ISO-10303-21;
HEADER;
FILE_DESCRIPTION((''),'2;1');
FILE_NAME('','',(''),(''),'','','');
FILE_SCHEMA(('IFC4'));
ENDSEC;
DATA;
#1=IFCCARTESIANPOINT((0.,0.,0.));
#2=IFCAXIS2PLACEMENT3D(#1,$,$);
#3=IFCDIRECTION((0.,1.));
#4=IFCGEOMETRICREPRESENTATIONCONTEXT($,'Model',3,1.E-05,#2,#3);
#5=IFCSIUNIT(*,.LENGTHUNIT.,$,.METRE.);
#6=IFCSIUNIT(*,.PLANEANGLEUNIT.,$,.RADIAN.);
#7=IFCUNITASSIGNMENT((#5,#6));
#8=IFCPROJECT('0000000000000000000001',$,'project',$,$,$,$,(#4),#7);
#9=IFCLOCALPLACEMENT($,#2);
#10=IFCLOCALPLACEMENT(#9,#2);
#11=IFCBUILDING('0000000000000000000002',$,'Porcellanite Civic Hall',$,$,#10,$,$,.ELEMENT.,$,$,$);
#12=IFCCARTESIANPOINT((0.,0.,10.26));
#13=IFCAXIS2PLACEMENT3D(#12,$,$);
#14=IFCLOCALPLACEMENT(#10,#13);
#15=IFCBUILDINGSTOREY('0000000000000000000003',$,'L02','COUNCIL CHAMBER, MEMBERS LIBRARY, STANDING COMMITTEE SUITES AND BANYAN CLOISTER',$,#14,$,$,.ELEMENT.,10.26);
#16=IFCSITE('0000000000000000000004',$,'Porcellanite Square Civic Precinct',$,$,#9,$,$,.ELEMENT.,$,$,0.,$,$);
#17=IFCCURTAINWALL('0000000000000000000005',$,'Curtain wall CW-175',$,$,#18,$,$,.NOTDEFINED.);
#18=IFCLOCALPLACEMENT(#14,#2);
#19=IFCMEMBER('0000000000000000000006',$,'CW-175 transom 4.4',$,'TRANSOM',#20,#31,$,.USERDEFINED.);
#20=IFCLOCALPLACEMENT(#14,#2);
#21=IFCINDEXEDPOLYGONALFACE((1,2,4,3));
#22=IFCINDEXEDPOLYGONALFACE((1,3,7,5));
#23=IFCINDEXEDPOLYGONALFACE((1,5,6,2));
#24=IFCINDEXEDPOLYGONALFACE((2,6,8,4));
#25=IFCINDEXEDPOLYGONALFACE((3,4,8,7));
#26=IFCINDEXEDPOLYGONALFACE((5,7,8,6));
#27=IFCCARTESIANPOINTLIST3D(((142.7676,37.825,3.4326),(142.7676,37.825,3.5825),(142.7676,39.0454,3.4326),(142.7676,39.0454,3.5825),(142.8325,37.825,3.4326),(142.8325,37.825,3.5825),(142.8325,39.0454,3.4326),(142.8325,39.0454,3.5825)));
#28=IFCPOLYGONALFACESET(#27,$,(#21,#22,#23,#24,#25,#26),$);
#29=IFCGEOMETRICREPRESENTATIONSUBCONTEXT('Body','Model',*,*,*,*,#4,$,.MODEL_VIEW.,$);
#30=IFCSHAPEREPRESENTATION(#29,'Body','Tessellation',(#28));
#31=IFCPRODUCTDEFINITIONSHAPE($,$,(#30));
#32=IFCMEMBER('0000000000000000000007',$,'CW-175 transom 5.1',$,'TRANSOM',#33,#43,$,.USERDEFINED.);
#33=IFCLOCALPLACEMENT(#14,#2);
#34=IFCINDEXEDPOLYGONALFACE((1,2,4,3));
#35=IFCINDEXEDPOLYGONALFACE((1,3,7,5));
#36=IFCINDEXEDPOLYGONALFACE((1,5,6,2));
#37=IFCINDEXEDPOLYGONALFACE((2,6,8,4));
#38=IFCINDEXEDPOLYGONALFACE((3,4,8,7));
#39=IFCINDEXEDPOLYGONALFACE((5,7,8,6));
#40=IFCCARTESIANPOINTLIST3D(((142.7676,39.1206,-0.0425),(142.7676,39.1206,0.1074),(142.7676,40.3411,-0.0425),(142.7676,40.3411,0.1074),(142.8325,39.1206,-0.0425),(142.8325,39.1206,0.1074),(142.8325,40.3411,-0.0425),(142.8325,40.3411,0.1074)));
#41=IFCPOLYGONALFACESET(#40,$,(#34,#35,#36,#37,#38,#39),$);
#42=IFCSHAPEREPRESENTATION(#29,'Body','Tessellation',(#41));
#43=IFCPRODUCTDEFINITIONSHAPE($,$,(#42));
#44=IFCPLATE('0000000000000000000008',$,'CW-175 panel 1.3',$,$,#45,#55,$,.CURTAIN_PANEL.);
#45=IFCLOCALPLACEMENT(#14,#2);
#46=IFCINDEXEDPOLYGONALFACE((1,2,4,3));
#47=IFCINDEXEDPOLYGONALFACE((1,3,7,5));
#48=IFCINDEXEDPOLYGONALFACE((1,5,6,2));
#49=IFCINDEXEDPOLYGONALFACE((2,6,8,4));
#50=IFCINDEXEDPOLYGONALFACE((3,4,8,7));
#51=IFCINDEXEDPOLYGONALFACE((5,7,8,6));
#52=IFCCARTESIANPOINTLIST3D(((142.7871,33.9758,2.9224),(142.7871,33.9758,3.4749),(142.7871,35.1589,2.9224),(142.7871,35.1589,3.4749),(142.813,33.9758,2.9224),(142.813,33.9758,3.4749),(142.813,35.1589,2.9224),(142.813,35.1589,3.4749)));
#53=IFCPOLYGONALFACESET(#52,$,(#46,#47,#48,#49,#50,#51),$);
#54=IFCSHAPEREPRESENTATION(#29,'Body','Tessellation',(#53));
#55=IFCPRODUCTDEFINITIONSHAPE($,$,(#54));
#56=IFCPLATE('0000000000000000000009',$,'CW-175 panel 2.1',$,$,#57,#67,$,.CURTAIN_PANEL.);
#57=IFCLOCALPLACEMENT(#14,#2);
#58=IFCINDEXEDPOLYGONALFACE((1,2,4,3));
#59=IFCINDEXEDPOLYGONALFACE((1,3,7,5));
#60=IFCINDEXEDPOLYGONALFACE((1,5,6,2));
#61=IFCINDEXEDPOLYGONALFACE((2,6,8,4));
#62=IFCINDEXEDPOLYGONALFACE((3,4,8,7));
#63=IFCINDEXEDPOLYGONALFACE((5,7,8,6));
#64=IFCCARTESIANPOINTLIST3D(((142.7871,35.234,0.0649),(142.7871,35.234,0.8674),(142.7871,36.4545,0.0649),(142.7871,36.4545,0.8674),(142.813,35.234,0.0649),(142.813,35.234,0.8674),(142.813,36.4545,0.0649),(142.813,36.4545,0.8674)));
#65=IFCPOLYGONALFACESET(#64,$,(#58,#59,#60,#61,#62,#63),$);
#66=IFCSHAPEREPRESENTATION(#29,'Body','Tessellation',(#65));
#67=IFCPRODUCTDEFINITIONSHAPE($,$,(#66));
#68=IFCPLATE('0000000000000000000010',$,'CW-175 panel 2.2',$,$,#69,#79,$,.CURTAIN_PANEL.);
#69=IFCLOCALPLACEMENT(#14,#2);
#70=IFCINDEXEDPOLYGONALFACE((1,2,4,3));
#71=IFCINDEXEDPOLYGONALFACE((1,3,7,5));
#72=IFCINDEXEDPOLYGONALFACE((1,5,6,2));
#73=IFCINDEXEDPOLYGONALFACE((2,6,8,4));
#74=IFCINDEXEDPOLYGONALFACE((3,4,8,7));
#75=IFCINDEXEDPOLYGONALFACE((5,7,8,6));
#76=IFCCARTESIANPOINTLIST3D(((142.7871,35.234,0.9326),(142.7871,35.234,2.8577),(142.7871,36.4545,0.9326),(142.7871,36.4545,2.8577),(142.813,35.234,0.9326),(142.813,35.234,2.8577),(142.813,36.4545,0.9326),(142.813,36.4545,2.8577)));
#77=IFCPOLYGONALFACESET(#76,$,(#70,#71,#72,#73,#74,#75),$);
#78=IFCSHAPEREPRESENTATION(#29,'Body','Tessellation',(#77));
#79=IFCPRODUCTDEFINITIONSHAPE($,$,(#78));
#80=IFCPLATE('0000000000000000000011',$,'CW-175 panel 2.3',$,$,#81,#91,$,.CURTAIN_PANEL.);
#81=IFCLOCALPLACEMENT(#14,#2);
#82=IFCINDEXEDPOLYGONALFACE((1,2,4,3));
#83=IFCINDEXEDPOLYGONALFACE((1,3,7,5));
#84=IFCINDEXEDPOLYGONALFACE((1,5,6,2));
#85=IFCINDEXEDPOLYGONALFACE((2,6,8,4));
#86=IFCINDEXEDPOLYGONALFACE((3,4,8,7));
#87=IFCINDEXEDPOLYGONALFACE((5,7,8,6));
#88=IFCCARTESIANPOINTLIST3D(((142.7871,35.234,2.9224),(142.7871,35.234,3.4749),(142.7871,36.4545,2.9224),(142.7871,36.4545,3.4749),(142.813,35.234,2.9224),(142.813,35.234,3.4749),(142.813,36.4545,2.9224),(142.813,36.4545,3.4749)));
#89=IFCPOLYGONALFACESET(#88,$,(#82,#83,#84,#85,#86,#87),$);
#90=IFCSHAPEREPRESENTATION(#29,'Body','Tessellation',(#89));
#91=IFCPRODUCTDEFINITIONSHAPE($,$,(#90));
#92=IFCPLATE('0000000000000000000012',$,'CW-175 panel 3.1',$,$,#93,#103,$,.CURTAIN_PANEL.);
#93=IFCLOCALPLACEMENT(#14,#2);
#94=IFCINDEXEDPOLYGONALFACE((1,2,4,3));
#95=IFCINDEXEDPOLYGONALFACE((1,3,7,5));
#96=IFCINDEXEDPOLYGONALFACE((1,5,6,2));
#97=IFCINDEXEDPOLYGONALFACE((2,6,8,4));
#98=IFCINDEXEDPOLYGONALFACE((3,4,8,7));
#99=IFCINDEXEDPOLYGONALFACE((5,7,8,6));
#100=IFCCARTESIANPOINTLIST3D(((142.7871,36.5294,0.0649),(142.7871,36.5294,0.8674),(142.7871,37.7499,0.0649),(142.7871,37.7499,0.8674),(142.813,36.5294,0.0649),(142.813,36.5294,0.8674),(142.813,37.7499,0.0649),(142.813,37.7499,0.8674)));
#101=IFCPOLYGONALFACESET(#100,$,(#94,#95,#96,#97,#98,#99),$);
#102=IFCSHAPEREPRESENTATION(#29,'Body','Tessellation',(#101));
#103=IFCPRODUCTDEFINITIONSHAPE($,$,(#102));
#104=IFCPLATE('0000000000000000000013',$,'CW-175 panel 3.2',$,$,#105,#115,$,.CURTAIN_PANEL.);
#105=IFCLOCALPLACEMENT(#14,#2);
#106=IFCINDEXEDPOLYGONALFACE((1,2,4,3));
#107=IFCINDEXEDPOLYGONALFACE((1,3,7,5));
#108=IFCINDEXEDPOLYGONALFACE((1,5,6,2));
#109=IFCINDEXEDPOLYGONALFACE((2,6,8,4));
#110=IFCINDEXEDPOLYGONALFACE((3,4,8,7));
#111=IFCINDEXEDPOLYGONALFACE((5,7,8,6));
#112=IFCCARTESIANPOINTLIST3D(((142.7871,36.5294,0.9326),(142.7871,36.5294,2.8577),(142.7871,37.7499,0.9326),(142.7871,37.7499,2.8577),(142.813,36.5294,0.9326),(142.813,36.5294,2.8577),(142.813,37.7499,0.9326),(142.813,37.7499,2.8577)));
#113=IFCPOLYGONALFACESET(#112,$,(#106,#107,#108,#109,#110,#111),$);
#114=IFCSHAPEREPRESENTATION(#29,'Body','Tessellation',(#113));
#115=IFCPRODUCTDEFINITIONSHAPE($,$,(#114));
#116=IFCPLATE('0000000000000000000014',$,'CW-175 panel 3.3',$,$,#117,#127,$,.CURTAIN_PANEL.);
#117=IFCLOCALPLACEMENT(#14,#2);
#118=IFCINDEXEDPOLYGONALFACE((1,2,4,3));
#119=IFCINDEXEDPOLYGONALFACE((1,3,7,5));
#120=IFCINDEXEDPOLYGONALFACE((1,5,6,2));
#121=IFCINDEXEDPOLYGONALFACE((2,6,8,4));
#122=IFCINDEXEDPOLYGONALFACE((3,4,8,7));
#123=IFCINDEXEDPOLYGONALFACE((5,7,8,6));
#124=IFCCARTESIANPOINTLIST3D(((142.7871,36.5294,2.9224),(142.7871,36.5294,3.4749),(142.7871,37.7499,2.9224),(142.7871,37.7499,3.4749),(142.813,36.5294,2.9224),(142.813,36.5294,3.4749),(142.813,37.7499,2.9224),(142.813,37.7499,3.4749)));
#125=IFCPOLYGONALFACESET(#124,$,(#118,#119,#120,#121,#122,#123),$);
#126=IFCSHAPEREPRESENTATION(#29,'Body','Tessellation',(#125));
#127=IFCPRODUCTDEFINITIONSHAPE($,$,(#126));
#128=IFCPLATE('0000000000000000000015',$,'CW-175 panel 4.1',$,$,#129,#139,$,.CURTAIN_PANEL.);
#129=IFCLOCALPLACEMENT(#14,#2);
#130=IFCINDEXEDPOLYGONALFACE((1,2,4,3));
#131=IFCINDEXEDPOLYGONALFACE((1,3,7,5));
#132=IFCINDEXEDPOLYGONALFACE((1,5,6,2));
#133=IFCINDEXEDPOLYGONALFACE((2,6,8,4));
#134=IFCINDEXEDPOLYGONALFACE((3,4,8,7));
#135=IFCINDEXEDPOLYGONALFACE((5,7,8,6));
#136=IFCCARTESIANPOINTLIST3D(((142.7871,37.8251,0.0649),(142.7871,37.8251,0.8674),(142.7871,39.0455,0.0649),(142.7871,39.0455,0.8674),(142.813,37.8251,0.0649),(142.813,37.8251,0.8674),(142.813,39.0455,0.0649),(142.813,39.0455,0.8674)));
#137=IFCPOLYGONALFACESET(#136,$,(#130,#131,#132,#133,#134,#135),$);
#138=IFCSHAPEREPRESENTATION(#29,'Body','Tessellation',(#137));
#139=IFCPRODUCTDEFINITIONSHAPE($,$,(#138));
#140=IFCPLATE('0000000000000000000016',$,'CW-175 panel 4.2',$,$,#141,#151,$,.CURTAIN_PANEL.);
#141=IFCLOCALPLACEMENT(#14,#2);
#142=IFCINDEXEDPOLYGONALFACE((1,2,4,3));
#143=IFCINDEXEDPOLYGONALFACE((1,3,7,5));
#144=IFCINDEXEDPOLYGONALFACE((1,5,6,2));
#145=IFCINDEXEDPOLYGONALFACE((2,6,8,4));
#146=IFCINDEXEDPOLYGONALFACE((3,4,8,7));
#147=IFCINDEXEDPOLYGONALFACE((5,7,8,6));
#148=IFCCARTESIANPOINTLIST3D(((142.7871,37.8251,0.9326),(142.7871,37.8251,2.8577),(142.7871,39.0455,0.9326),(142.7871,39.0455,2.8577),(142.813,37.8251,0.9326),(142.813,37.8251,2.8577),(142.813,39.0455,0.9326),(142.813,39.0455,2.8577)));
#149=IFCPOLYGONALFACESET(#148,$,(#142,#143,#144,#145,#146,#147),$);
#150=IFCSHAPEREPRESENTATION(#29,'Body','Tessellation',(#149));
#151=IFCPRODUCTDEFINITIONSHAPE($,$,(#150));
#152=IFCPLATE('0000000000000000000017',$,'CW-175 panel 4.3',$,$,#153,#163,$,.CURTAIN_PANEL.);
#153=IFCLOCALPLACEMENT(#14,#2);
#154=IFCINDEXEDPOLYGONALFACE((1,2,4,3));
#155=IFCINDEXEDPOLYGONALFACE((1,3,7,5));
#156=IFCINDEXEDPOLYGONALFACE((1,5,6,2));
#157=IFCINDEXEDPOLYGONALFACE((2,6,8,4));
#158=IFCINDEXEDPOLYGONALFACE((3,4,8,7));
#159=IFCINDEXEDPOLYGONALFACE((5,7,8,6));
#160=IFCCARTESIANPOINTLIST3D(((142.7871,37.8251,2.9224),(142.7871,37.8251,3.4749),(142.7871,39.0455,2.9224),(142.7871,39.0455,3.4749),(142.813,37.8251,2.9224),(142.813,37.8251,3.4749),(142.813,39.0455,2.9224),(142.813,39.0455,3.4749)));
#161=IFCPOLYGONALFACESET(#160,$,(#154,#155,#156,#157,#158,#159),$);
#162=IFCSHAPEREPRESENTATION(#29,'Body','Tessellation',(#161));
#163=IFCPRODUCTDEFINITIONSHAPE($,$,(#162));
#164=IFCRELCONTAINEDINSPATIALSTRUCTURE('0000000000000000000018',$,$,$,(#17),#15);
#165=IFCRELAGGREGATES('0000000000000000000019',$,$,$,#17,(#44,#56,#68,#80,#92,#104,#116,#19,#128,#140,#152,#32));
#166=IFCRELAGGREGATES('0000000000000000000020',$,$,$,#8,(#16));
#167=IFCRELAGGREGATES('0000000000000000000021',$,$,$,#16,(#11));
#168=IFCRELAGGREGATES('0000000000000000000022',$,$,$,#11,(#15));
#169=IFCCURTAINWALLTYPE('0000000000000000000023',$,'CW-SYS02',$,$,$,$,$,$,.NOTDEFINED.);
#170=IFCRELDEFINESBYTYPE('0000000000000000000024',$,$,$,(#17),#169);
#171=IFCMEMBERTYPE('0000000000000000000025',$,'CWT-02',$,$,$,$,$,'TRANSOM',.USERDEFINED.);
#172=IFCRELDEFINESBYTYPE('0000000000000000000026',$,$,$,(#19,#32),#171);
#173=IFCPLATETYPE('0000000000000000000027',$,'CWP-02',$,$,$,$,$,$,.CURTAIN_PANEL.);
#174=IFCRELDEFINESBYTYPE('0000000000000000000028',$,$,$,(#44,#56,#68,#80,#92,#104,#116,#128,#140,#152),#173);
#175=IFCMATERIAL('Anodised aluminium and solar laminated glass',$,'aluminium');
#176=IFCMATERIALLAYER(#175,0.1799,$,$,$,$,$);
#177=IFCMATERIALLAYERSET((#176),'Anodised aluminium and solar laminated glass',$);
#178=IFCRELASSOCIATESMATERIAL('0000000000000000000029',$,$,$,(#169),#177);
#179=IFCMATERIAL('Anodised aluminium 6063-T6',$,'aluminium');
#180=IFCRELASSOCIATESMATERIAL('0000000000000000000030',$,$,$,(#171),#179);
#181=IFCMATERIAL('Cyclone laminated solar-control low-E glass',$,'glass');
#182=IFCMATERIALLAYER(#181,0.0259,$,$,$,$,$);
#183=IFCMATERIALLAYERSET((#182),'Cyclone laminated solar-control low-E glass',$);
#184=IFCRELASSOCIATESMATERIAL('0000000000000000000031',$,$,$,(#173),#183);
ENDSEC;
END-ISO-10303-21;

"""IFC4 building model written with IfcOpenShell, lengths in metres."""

from ifc_helpers import new_model, si_unit, direction, frame, origin, origin_2d, place, context, subcontext, project, spatial, rectangle, extrude, material, layer, layer_set, material_profile, profile_set, type_object, element, aggregate, save


model = new_model("IFC4")

# Units and contexts
model_context = context("Model", 3, precision=1e-05, world=origin(), true_north=direction((0.0, 1.0)))
body_context = subcontext(model_context, "Body", "Model", "MODEL_VIEW")
ifc_project = project(units=[si_unit("LENGTHUNIT", "METRE"), si_unit("PLANEANGLEUNIT", "RADIAN")], contexts=[model_context])

# Site, building, storey
site_placement = place(None, origin())
site = spatial("IfcSite", under=ifc_project, at=site_placement, Name="Porcellanite Square Civic Precinct", CompositionType="ELEMENT", RefElevation=0.0)
building_placement = place(site_placement, origin())
building = spatial("IfcBuilding", under=site, at=building_placement, Name="Porcellanite Civic Hall", CompositionType="ELEMENT")
storey_placement = place(building_placement, frame((0.0, 0.0, 10.26)))
storey = spatial("IfcBuildingStorey", under=building, at=storey_placement, Name="L02", Description="COUNCIL CHAMBER, MEMBERS LIBRARY, STANDING COMMITTEE SUITES AND BANYAN CLOISTER", CompositionType="ELEMENT", Elevation=10.26)

# Curtain wall, members, plates
ifc_material_1 = material(Name="Anodised aluminium and solar laminated glass", Category="aluminium")
ifc_layer_1 = layer(ifc_material_1, 0.1799)
ifc_layer_set_1 = layer_set([ifc_layer_1], Name="Anodised aluminium and solar laminated glass")
curtain_wall_type = type_object("IfcCurtainWallType", Name="CW-SYS02", PredefinedType="NOTDEFINED", material=ifc_layer_set_1)
curtain_wall_placement = place(storey_placement, origin())
curtain_wall = element("IfcCurtainWall", 1, at=curtain_wall_placement, inside=storey, type_object=curtain_wall_type, Name="Curtain wall CW-175", PredefinedType="NOTDEFINED")
ifc_material_2 = material(Name="Anodised aluminium 6063-T6", Category="aluminium")
ifc_material_profile_1 = material_profile(ifc_material_2, rectangle(XDim=0.0649, YDim=0.1499, at=origin_2d()), Name="AL-65x150")
ifc_profile_set_1 = profile_set([ifc_material_profile_1], Name="Anodised aluminium 6063-T6")
member_type_1 = type_object("IfcMemberType", Name="CWT-02", ElementType="TRANSOM", PredefinedType="USERDEFINED", material=ifc_profile_set_1)
member_1_placement = place(storey_placement, frame((142.8, 37.825, 3.5076), z_axis=(0.0, 1.0, 0.0), x_axis=(-1.0, 0.0, 0.0)))
member_1 = element("IfcMember", 2, at=member_1_placement, type_object=member_type_1, Name="CW-175 transom 4.4", ObjectType="TRANSOM", PredefinedType="USERDEFINED", context=body_context, shape_type="SweptSolid", body=[
    extrude(rectangle(XDim=0.0649, YDim=0.1499, at=origin_2d()), origin(), (0.0, 0.0, 1.0), 1.2205),
])
member_2_placement = place(storey_placement, frame((142.8, 39.1206, 0.0325), z_axis=(0.0, 1.0, 0.0), x_axis=(-1.0, 0.0, 0.0)))
member_2 = element("IfcMember", 3, at=member_2_placement, type_object=member_type_1, Name="CW-175 transom 5.1", ObjectType="TRANSOM", PredefinedType="USERDEFINED", context=body_context, shape_type="SweptSolid", body=[
    extrude(rectangle(XDim=0.0649, YDim=0.1499, at=origin_2d()), origin(), (0.0, 0.0, 1.0), 1.2205),
])
ifc_material_3 = material(Name="Cyclone laminated solar-control low-E glass", Category="glass")
ifc_layer_2 = layer(ifc_material_3, 0.0259)
ifc_layer_set_2 = layer_set([ifc_layer_2], Name="Cyclone laminated solar-control low-E glass")
plate_type = type_object("IfcPlateType", Name="CWP-02", PredefinedType="CURTAIN_PANEL", material=ifc_layer_set_2)
plate_1_placement = place(storey_placement, frame((142.8, 34.5674, 2.9224), z_axis=(0.0, 0.0, 1.0), x_axis=(0.0, 1.0, 0.0)))
plate_1 = element("IfcPlate", 4, at=plate_1_placement, type_object=plate_type, Name="CW-175 panel 1.3", PredefinedType="CURTAIN_PANEL", context=body_context, shape_type="SweptSolid", body=[
    extrude(rectangle(XDim=1.1831, YDim=0.0259, at=origin_2d()), origin(), (0.0, 0.0, 1.0), 0.5525),
])
plate_2_placement = place(storey_placement, frame((142.8, 35.8442, 0.0649), z_axis=(0.0, 0.0, 1.0), x_axis=(0.0, 1.0, 0.0)))
plate_2 = element("IfcPlate", 5, at=plate_2_placement, type_object=plate_type, Name="CW-175 panel 2.1", PredefinedType="CURTAIN_PANEL", context=body_context, shape_type="SweptSolid", body=[
    extrude(rectangle(XDim=1.2205, YDim=0.0259, at=origin_2d()), origin(), (0.0, 0.0, 1.0), 0.8025),
])
plate_3_placement = place(storey_placement, frame((142.8, 35.8442, 0.9326), z_axis=(0.0, 0.0, 1.0), x_axis=(0.0, 1.0, 0.0)))
plate_3 = element("IfcPlate", 6, at=plate_3_placement, type_object=plate_type, Name="CW-175 panel 2.2", PredefinedType="CURTAIN_PANEL", context=body_context, shape_type="SweptSolid", body=[
    extrude(rectangle(XDim=1.2205, YDim=0.0259, at=origin_2d()), origin(), (0.0, 0.0, 1.0), 1.925),
])
plate_4_placement = place(storey_placement, frame((142.8, 35.8442, 2.9224), z_axis=(0.0, 0.0, 1.0), x_axis=(0.0, 1.0, 0.0)))
plate_4 = element("IfcPlate", 7, at=plate_4_placement, type_object=plate_type, Name="CW-175 panel 2.3", PredefinedType="CURTAIN_PANEL", context=body_context, shape_type="SweptSolid", body=[
    extrude(rectangle(XDim=1.2205, YDim=0.0259, at=origin_2d()), origin(), (0.0, 0.0, 1.0), 0.5525),
])
plate_5_placement = place(storey_placement, frame((142.8, 37.1396, 0.0649), z_axis=(0.0, 0.0, 1.0), x_axis=(0.0, 1.0, 0.0)))
plate_5 = element("IfcPlate", 8, at=plate_5_placement, type_object=plate_type, Name="CW-175 panel 3.1", PredefinedType="CURTAIN_PANEL", context=body_context, shape_type="SweptSolid", body=[
    extrude(rectangle(XDim=1.2205, YDim=0.0259, at=origin_2d()), origin(), (0.0, 0.0, 1.0), 0.8025),
])
plate_6_placement = place(storey_placement, frame((142.8, 37.1396, 0.9326), z_axis=(0.0, 0.0, 1.0), x_axis=(0.0, 1.0, 0.0)))
plate_6 = element("IfcPlate", 9, at=plate_6_placement, type_object=plate_type, Name="CW-175 panel 3.2", PredefinedType="CURTAIN_PANEL", context=body_context, shape_type="SweptSolid", body=[
    extrude(rectangle(XDim=1.2205, YDim=0.0259, at=origin_2d()), origin(), (0.0, 0.0, 1.0), 1.925),
])
plate_7_placement = place(storey_placement, frame((142.8, 37.1396, 2.9224), z_axis=(0.0, 0.0, 1.0), x_axis=(0.0, 1.0, 0.0)))
plate_7 = element("IfcPlate", 10, at=plate_7_placement, type_object=plate_type, Name="CW-175 panel 3.3", PredefinedType="CURTAIN_PANEL", context=body_context, shape_type="SweptSolid", body=[
    extrude(rectangle(XDim=1.2205, YDim=0.0259, at=origin_2d()), origin(), (0.0, 0.0, 1.0), 0.5525),
])
plate_8_placement = place(storey_placement, frame((142.8, 38.4353, 0.0649), z_axis=(0.0, 0.0, 1.0), x_axis=(0.0, 1.0, 0.0)))
plate_8 = element("IfcPlate", 11, at=plate_8_placement, type_object=plate_type, Name="CW-175 panel 4.1", PredefinedType="CURTAIN_PANEL", context=body_context, shape_type="SweptSolid", body=[
    extrude(rectangle(XDim=1.2205, YDim=0.0259, at=origin_2d()), origin(), (0.0, 0.0, 1.0), 0.8025),
])
plate_9_placement = place(storey_placement, frame((142.8, 38.4353, 0.9326), z_axis=(0.0, 0.0, 1.0), x_axis=(0.0, 1.0, 0.0)))
plate_9 = element("IfcPlate", 12, at=plate_9_placement, type_object=plate_type, Name="CW-175 panel 4.2", PredefinedType="CURTAIN_PANEL", context=body_context, shape_type="SweptSolid", body=[
    extrude(rectangle(XDim=1.2205, YDim=0.0259, at=origin_2d()), origin(), (0.0, 0.0, 1.0), 1.925),
])
plate_10_placement = place(storey_placement, frame((142.8, 38.4353, 2.9224), z_axis=(0.0, 0.0, 1.0), x_axis=(0.0, 1.0, 0.0)))
plate_10 = element("IfcPlate", 13, at=plate_10_placement, type_object=plate_type, Name="CW-175 panel 4.3", PredefinedType="CURTAIN_PANEL", context=body_context, shape_type="SweptSolid", body=[
    extrude(rectangle(XDim=1.2205, YDim=0.0259, at=origin_2d()), origin(), (0.0, 0.0, 1.0), 0.5525),
])
aggregate(curtain_wall, [plate_1, plate_2, plate_3, plate_4, plate_5, plate_6, plate_7, member_1, plate_8, plate_9, plate_10, member_2])

save(model, "model.ifc")
